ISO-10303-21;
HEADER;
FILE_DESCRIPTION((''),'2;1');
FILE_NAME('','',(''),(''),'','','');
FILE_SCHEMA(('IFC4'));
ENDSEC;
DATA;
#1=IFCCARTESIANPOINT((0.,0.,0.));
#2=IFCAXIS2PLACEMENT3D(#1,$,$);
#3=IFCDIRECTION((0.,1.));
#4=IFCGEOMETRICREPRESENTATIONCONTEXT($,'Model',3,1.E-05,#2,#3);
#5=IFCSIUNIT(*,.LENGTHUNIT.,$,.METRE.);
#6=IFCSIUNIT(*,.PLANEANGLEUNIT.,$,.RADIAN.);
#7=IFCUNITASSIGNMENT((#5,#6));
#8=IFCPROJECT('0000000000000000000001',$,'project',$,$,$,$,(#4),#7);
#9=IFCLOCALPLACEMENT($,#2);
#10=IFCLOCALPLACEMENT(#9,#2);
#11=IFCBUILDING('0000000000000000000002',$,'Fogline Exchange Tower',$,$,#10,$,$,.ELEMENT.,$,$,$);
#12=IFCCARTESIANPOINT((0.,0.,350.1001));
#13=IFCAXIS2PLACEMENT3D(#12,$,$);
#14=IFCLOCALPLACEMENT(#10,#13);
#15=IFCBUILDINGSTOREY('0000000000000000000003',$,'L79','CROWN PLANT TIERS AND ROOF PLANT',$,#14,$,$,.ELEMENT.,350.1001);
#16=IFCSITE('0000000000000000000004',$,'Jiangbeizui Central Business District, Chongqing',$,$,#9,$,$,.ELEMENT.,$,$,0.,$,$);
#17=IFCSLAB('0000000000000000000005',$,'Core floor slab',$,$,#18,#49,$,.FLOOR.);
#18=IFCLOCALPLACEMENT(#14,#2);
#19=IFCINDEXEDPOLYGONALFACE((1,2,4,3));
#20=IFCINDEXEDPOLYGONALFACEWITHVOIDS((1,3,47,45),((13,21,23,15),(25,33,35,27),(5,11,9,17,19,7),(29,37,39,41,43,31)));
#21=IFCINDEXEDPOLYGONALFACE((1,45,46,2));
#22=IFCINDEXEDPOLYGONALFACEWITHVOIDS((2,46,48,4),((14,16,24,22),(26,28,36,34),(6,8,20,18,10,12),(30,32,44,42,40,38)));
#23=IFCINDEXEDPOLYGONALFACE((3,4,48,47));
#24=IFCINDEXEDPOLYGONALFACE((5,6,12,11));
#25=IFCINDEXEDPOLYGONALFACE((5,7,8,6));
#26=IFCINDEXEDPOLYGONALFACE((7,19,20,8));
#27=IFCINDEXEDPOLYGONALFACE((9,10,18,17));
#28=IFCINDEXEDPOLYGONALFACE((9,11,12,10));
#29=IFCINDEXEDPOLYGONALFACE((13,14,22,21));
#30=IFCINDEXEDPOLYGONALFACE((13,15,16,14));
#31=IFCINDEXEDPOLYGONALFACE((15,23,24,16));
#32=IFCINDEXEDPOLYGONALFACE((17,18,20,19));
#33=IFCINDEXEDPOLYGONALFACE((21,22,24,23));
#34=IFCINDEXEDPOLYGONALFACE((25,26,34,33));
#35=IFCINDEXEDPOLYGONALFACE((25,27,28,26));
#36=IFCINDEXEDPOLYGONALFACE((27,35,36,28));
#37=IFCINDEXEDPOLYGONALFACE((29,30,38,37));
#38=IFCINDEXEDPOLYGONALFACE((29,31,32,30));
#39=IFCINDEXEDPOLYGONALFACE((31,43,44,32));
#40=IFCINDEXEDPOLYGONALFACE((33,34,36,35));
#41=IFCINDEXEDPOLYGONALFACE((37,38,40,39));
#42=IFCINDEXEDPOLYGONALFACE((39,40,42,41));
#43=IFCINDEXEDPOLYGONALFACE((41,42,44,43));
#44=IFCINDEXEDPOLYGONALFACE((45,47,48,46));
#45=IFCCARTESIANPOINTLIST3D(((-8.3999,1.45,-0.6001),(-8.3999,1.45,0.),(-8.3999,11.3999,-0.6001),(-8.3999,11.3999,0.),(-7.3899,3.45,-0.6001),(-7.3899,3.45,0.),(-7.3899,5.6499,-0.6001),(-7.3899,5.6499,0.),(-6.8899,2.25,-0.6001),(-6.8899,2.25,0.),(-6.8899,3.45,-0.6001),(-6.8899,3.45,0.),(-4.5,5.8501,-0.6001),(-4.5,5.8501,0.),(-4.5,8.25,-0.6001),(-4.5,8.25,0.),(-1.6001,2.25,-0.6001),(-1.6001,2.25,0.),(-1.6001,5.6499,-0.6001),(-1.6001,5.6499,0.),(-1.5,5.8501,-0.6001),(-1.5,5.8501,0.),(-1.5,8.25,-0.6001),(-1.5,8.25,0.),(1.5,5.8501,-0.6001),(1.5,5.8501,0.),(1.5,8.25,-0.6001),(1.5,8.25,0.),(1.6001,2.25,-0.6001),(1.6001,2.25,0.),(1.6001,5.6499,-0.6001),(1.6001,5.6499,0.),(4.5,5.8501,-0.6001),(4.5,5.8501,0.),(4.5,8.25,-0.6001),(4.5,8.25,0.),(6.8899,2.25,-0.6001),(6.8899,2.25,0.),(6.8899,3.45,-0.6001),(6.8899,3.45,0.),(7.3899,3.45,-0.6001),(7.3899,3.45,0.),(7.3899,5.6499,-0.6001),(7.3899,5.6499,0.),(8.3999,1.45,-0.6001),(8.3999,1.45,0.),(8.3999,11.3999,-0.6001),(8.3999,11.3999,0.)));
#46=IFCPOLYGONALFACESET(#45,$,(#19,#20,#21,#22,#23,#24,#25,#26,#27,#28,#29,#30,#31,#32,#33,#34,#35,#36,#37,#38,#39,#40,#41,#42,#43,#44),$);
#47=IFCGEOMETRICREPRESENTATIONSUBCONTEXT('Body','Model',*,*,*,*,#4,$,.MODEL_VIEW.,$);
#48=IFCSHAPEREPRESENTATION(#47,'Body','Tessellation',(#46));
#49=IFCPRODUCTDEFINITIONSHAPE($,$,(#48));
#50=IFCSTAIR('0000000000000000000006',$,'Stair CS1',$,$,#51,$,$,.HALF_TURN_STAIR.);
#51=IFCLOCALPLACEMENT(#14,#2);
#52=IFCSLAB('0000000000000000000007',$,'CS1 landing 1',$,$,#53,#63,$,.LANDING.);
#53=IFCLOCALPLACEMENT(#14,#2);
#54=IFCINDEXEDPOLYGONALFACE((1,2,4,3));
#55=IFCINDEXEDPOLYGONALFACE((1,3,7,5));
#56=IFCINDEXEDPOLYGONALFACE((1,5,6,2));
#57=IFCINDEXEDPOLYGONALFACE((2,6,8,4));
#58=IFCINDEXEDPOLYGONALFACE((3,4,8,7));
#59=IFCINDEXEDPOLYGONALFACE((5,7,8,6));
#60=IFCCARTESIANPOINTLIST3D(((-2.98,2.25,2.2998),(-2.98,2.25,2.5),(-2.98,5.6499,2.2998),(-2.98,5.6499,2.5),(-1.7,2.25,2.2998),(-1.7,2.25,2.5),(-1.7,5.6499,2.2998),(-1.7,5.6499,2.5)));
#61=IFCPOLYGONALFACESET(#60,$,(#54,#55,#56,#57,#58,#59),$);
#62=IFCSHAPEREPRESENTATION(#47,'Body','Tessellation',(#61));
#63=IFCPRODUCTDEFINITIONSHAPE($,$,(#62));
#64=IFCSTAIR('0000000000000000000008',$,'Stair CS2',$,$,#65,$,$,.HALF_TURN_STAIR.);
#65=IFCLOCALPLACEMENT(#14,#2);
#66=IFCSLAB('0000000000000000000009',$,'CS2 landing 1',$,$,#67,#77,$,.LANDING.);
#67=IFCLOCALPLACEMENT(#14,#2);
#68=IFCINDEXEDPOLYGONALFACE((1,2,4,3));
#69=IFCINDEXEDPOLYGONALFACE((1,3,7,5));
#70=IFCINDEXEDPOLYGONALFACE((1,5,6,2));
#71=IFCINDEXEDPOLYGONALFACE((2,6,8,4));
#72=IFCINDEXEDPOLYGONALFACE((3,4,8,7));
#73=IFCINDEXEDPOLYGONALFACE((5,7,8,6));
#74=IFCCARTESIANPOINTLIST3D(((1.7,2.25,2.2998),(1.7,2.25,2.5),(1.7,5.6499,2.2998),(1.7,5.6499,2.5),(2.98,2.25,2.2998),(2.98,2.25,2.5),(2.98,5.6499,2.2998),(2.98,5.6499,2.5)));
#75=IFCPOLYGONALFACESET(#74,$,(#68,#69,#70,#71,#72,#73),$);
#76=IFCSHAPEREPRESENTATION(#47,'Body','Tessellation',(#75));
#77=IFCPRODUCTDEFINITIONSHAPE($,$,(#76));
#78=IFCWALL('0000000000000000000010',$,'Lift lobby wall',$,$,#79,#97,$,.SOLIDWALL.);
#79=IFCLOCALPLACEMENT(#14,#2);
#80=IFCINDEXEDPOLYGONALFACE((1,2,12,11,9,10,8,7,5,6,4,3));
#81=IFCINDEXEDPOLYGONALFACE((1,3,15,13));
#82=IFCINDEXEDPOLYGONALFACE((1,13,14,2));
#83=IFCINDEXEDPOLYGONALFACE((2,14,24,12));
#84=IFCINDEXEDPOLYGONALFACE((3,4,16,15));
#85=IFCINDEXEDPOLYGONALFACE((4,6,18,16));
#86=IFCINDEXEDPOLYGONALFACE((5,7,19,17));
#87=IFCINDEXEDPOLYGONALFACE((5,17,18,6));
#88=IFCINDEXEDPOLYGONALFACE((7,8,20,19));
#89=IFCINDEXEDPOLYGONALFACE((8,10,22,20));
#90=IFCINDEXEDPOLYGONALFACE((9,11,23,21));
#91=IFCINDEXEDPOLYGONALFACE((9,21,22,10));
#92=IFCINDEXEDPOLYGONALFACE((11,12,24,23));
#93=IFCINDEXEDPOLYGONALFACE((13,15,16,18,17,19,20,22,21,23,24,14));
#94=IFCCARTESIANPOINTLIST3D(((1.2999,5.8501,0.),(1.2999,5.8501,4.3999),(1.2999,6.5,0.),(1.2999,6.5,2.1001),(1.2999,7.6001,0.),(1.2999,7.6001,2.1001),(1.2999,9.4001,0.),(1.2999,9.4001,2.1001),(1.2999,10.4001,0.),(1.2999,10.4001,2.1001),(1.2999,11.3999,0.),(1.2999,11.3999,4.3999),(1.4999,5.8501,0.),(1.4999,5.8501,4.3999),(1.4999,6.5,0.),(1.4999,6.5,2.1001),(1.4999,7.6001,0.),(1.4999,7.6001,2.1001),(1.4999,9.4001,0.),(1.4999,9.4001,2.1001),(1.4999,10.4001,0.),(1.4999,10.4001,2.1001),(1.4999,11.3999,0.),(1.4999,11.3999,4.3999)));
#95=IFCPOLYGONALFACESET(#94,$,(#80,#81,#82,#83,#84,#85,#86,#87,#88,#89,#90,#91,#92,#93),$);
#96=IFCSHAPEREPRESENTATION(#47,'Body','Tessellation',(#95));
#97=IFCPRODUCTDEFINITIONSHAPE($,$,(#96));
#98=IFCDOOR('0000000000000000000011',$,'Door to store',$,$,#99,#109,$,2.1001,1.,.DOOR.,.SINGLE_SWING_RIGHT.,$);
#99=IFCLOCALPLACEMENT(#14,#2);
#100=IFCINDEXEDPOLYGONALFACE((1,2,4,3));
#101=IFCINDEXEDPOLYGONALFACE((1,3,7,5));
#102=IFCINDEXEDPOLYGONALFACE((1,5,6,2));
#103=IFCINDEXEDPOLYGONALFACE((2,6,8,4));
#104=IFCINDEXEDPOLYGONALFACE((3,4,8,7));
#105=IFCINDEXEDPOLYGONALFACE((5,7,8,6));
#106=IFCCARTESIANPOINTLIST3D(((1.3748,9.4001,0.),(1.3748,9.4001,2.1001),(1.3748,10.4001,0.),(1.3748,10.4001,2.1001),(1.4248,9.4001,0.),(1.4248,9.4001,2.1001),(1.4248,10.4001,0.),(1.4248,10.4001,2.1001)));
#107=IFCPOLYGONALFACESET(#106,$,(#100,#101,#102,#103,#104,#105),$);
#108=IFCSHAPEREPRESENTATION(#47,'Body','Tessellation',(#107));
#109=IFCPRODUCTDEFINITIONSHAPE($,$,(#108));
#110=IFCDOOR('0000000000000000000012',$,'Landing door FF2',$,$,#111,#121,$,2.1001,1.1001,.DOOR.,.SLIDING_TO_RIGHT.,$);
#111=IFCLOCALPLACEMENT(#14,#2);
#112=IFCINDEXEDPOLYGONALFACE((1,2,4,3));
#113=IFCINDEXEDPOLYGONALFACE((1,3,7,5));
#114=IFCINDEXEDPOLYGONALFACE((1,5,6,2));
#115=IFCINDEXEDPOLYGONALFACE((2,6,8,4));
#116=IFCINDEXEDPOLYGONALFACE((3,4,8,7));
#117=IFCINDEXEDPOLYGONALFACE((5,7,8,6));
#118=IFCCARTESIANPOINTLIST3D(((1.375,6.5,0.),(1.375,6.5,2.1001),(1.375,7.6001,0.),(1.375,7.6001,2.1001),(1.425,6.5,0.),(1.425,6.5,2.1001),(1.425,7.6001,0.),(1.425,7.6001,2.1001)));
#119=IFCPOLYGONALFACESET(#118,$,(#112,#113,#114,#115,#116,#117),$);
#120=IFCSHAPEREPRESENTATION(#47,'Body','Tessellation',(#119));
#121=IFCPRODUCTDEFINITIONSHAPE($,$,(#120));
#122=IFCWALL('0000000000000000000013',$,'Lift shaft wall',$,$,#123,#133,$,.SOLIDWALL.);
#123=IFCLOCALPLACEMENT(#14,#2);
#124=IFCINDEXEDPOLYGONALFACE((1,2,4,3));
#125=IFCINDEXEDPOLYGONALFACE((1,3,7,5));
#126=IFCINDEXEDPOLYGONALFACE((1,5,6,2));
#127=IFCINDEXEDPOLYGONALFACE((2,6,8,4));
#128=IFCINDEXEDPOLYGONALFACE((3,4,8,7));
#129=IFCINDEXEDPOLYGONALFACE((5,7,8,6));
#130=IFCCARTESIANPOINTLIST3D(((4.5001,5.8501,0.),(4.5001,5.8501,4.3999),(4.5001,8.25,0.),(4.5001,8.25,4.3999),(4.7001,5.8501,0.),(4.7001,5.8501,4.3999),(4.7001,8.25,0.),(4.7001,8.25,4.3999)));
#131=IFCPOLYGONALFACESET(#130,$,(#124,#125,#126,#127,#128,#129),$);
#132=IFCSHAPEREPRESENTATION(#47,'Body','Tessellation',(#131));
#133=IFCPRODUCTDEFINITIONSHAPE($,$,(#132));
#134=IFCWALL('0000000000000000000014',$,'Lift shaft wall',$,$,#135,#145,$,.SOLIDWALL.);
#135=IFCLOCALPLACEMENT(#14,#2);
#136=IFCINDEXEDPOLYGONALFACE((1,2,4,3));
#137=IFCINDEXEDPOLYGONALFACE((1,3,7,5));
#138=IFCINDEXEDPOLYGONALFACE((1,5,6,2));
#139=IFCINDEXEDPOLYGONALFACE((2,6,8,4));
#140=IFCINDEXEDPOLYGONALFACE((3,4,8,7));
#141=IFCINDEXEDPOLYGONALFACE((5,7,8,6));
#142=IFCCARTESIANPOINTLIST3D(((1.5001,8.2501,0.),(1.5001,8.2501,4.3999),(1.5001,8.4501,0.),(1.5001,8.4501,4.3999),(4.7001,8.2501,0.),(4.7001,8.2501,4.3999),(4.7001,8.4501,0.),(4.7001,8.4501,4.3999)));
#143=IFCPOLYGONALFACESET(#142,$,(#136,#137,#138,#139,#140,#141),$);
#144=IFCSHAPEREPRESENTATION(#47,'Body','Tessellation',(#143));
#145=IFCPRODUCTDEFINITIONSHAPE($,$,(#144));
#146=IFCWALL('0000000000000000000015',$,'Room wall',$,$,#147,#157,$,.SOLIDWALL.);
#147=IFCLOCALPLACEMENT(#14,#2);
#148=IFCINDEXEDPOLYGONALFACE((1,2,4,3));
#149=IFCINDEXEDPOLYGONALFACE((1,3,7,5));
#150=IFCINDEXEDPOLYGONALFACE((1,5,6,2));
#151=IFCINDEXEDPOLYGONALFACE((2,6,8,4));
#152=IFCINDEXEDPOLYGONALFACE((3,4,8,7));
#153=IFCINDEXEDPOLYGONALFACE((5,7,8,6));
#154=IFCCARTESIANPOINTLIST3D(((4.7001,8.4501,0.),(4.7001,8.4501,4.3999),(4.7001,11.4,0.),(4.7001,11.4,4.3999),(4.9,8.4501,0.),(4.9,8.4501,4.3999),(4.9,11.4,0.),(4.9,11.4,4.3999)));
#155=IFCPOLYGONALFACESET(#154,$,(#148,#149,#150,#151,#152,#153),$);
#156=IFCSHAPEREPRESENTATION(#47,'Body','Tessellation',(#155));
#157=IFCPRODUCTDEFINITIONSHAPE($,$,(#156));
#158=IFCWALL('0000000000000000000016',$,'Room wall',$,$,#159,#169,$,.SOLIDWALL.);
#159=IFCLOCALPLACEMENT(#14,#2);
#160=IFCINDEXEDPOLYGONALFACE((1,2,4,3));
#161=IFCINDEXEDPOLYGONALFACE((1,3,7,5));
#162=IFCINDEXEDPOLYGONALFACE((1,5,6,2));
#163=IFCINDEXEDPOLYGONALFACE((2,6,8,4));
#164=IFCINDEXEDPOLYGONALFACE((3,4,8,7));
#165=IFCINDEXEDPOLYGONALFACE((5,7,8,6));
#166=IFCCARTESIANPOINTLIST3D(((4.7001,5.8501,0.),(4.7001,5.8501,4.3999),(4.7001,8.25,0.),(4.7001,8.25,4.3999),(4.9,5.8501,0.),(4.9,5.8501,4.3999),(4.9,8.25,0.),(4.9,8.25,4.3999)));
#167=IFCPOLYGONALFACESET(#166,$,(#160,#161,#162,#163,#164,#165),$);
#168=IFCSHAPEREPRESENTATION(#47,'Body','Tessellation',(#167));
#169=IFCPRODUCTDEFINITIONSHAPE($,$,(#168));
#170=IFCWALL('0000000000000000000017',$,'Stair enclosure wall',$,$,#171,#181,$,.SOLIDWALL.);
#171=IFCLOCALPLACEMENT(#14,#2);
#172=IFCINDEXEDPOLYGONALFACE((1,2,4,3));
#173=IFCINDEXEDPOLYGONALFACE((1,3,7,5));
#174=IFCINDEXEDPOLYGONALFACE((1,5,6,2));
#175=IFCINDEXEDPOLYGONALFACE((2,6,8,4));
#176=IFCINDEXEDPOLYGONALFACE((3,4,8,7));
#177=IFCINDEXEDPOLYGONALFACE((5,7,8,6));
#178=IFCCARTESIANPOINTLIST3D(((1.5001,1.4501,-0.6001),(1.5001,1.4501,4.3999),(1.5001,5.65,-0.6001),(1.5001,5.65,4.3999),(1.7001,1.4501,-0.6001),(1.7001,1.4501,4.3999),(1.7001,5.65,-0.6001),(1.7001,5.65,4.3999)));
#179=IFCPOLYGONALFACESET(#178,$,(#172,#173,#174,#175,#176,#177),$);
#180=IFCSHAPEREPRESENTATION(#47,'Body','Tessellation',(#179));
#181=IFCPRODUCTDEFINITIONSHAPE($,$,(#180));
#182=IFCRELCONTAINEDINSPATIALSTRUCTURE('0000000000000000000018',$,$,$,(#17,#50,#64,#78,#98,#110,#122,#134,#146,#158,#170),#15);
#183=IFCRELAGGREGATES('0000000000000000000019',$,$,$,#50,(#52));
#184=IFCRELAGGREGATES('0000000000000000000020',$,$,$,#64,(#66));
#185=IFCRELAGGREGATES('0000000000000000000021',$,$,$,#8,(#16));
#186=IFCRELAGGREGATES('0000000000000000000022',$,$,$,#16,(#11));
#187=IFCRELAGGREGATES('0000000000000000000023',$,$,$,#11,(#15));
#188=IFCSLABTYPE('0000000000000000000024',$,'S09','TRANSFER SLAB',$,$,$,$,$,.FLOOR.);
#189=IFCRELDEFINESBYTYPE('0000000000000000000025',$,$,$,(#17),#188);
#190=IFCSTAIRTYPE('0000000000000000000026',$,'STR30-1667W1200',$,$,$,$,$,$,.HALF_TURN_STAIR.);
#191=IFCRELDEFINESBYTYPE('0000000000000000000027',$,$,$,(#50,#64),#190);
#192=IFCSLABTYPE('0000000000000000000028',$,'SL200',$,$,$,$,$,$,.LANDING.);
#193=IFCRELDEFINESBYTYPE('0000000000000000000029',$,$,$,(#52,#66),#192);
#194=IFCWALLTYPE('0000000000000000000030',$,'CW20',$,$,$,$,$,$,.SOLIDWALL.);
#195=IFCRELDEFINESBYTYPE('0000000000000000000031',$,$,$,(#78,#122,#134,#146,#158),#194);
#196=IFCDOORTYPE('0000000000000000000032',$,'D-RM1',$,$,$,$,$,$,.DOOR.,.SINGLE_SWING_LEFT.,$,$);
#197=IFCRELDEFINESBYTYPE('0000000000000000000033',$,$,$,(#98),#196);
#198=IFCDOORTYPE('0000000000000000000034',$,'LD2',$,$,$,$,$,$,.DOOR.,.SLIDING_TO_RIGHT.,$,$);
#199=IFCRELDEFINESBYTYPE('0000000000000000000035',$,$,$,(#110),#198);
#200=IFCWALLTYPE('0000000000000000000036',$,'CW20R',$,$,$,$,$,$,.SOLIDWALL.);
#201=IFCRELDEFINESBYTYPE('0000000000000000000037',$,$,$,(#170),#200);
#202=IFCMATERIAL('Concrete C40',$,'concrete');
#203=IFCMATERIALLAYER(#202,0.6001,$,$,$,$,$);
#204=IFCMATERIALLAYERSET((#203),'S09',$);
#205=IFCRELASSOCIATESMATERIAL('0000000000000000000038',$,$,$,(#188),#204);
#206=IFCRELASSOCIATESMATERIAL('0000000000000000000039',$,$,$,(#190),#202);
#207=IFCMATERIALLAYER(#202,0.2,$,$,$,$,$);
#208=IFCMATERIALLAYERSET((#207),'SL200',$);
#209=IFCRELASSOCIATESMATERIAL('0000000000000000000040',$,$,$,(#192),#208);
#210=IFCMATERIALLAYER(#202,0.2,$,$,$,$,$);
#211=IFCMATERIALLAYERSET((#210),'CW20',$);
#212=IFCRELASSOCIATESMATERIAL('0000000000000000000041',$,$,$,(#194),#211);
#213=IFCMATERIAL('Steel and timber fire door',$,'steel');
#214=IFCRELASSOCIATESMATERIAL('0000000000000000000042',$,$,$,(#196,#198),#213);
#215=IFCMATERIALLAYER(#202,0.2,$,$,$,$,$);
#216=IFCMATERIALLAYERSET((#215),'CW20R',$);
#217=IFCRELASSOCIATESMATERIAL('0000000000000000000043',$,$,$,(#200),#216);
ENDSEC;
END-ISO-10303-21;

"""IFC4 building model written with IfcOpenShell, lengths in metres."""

from ifc_helpers import new_model, si_unit, direction, frame, frame_2d, origin, place, context, subcontext, project, spatial, polyline, rectangle, outline, extrude, material, layer, layer_set, type_object, element, fill, aggregate, save


model = new_model("IFC4")

# Units and contexts
model_context = context("Model", 3, precision=1e-05, world=origin(), true_north=direction((0.0, 1.0)))
body_context = subcontext(model_context, "Body", "Model", "MODEL_VIEW")
ifc_project = project(units=[si_unit("LENGTHUNIT", "METRE"), si_unit("PLANEANGLEUNIT", "RADIAN")], contexts=[model_context])

# Site, building, storey
site_placement = place(None, origin())
site = spatial("IfcSite", under=ifc_project, at=site_placement, Name="Jiangbeizui Central Business District, Chongqing", CompositionType="ELEMENT", RefElevation=0.0)
building_placement = place(site_placement, origin())
building = spatial("IfcBuilding", under=site, at=building_placement, Name="Fogline Exchange Tower", CompositionType="ELEMENT")
storey_placement = place(building_placement, frame((0.0, 0.0, 350.1001)))
storey = spatial("IfcBuildingStorey", under=building, at=storey_placement, Name="L79", Description="CROWN PLANT TIERS AND ROOF PLANT", CompositionType="ELEMENT", Elevation=350.1001)

# Slab
ifc_material_1 = material(Name="Concrete C40", Category="concrete")
ifc_layer_1 = layer(ifc_material_1, 0.6001)
ifc_layer_set_1 = layer_set([ifc_layer_1], Name="S09")
slab_type_1 = type_object("IfcSlabType", Name="S09", Description="TRANSFER SLAB", PredefinedType="FLOOR", material=ifc_layer_set_1)
slab_1_placement = place(storey_placement, frame((0.0, 0.0, -0.6001)))
element("IfcSlab", 1, at=slab_1_placement, inside=storey, type_object=slab_type_1, Name="Core floor slab", PredefinedType="FLOOR", context=body_context, shape_type="SweptSolid", body=[
    extrude(outline(polyline([(-8.3999, 11.3999), (8.3999, 11.3999), (8.3999, 1.45), (-8.3999, 1.45), (-8.3999, 11.3999)]), holes=[polyline([(-7.3899, 5.6499), (-7.3899, 3.45), (-6.8899, 3.45), (-6.8899, 2.25), (-1.6001, 2.25), (-1.6001, 5.6499), (-7.3899, 5.6499)]), polyline([(1.6001, 5.6499), (1.6001, 2.25), (6.8899, 2.25), (6.8899, 3.45), (7.3899, 3.45), (7.3899, 5.6499), (1.6001, 5.6499)]), polyline([(-4.5, 8.25), (-4.5, 5.8501), (-1.5, 5.8501), (-1.5, 8.25), (-4.5, 8.25)]), polyline([(1.5, 8.25), (1.5, 5.8501), (4.5, 5.8501), (4.5, 8.25), (1.5, 8.25)])]), origin(), (0.0, 0.0, 1.0), 0.6001),
])

# Stairs, slabs
stair_type = type_object("IfcStairType", Name="STR30-1667W1200", PredefinedType="HALF_TURN_STAIR", material=ifc_material_1)
stair_1_placement = place(storey_placement, origin())
stair_1 = element("IfcStair", 2, at=stair_1_placement, inside=storey, type_object=stair_type, Name="Stair CS1", PredefinedType="HALF_TURN_STAIR")
ifc_layer_2 = layer(ifc_material_1, 0.2)
ifc_layer_set_2 = layer_set([ifc_layer_2], Name="SL200")
slab_type_2 = type_object("IfcSlabType", Name="SL200", PredefinedType="LANDING", material=ifc_layer_set_2)
slab_2_placement = place(storey_placement, frame((0.0, 0.0, 2.2998)))
slab_2 = element("IfcSlab", 3, at=slab_2_placement, type_object=slab_type_2, Name="CS1 landing 1", PredefinedType="LANDING", context=body_context, shape_type="SweptSolid", body=[
    extrude(outline(polyline([(-2.98, 2.25), (-1.7, 2.25), (-1.7, 5.6499), (-2.98, 5.6499), (-2.98, 2.25)])), origin(), (0.0, 0.0, 1.0), 0.2002),
])
aggregate(stair_1, [slab_2])
stair_2_placement = place(storey_placement, origin())
stair_2 = element("IfcStair", 4, at=stair_2_placement, inside=storey, type_object=stair_type, Name="Stair CS2", PredefinedType="HALF_TURN_STAIR")
slab_3_placement = place(storey_placement, frame((0.0, 0.0, 2.2998)))
slab_3 = element("IfcSlab", 5, at=slab_3_placement, type_object=slab_type_2, Name="CS2 landing 1", PredefinedType="LANDING", context=body_context, shape_type="SweptSolid", body=[
    extrude(outline(polyline([(1.7, 2.25), (2.98, 2.25), (2.98, 5.6499), (1.7, 5.6499), (1.7, 2.25)])), origin(), (0.0, 0.0, 1.0), 0.2002),
])

# Wall, openings, doors
ifc_layer_3 = layer(ifc_material_1, 0.2)
ifc_layer_set_3 = layer_set([ifc_layer_3], Name="CW20")
wall_type_1 = type_object("IfcWallType", Name="CW20", PredefinedType="SOLIDWALL", material=ifc_layer_set_3)
wall_1_placement = place(storey_placement, frame((1.3999, 5.8501, 0.0), z_axis=(0.0, 0.0, 1.0), x_axis=(0.0, 1.0, 0.0)))
wall_1 = element("IfcWall", 6, at=wall_1_placement, inside=storey, type_object=wall_type_1, Name="Lift lobby wall", PredefinedType="SOLIDWALL", context=body_context, shape_type="SweptSolid", body=[
    extrude(rectangle(XDim=5.5498, YDim=0.2, at=frame_2d((2.7749, 0.0))), origin(), (0.0, 0.0, 1.0), 4.3999),
])
opening_1_placement = place(wall_1_placement, frame((0.6499, 0.0, 0.0)))
opening_1 = element("IfcOpeningElement", 7, at=opening_1_placement, cuts=wall_1, PredefinedType="OPENING", context=body_context, shape_type="SweptSolid", body=[
    extrude(rectangle(XDim=1.1001, YDim=2.1001, at=frame_2d((0.55, 1.05))), frame((0.0, 0.1099, 0.0), z_axis=(0.0, -1.0, 0.0), x_axis=(1.0, 0.0, 0.0)), (0.0, 0.0, 1.0), 0.22),
])
opening_2_placement = place(wall_1_placement, frame((3.55, 0.0, 0.0)))
opening_2 = element("IfcOpeningElement", 8, at=opening_2_placement, cuts=wall_1, PredefinedType="OPENING", context=body_context, shape_type="SweptSolid", body=[
    extrude(rectangle(XDim=1.0, YDim=2.1001, at=frame_2d((0.5, 1.05))), frame((0.0, 0.1099, 0.0), z_axis=(0.0, -1.0, 0.0), x_axis=(1.0, 0.0, 0.0)), (0.0, 0.0, 1.0), 0.22),
])
ifc_material_2 = material(Name="Steel and timber fire door", Category="steel")
door_type_1 = type_object("IfcDoorType", Name="D-RM1", OperationType="SINGLE_SWING_LEFT", PredefinedType="DOOR", material=ifc_material_2)
door_1_placement = place(opening_2_placement, frame((1.0, 0.0, 0.0), z_axis=(0.0, 0.0, 1.0), x_axis=(-1.0, 0.0, 0.0)))
door_1 = element("IfcDoor", 9, at=door_1_placement, inside=storey, type_object=door_type_1, Name="Door to store", OperationType="SINGLE_SWING_RIGHT", OverallHeight=2.1001, OverallWidth=1.0, PredefinedType="DOOR", context=body_context, shape_type="SweptSolid", body=[
    extrude(rectangle(XDim=1.0, YDim=2.1001, at=frame_2d((0.5, 1.05))), frame((0.0, 0.0249, 0.0), z_axis=(0.0, -1.0, 0.0), x_axis=(1.0, 0.0, 0.0)), (0.0, 0.0, 1.0), 0.05),
])
fill(opening_2, door_1)
door_type_2 = type_object("IfcDoorType", Name="LD2", OperationType="SLIDING_TO_RIGHT", PredefinedType="DOOR", material=ifc_material_2)
door_2_placement = place(opening_1_placement, origin())
door_2 = element("IfcDoor", 10, at=door_2_placement, inside=storey, type_object=door_type_2, Name="Landing door FF2", OperationType="SLIDING_TO_RIGHT", OverallHeight=2.1001, OverallWidth=1.1001, PredefinedType="DOOR", context=body_context, shape_type="SweptSolid", body=[
    extrude(rectangle(XDim=1.1001, YDim=2.1001, at=frame_2d((0.55, 1.05))), frame((0.0, 0.0249, 0.0), z_axis=(0.0, -1.0, 0.0), x_axis=(1.0, 0.0, 0.0)), (0.0, 0.0, 1.0), 0.05),
])
fill(opening_1, door_2)

# Walls
wall_2_placement = place(storey_placement, frame((4.6001, 5.8501, 0.0), z_axis=(0.0, 0.0, 1.0), x_axis=(0.0, 1.0, 0.0)))
element("IfcWall", 11, at=wall_2_placement, inside=storey, type_object=wall_type_1, Name="Lift shaft wall", PredefinedType="SOLIDWALL", context=body_context, shape_type="SweptSolid", body=[
    extrude(rectangle(XDim=2.3999, YDim=0.2, at=frame_2d((1.2, 0.0))), origin(), (0.0, 0.0, 1.0), 4.3999),
])
wall_3_placement = place(storey_placement, frame((1.5, 8.3501, 0.0), z_axis=(0.0, 0.0, 1.0), x_axis=(1.0, 0.0, 0.0)))
element("IfcWall", 12, at=wall_3_placement, inside=storey, type_object=wall_type_1, Name="Lift shaft wall", PredefinedType="SOLIDWALL", context=body_context, shape_type="SweptSolid", body=[
    extrude(rectangle(XDim=3.2, YDim=0.2, at=frame_2d((1.6001, 0.0))), origin(), (0.0, 0.0, 1.0), 4.3999),
])
wall_4_placement = place(storey_placement, frame((4.8, 8.45, 0.0), z_axis=(0.0, 0.0, 1.0), x_axis=(0.0, 1.0, 0.0)))
element("IfcWall", 13, at=wall_4_placement, inside=storey, type_object=wall_type_1, Name="Room wall", PredefinedType="SOLIDWALL", context=body_context, shape_type="SweptSolid", body=[
    extrude(rectangle(XDim=2.95, YDim=0.2, at=frame_2d((1.4751, 0.0))), origin(), (0.0, 0.0, 1.0), 4.3999),
])
wall_5_placement = place(storey_placement, frame((4.8, 5.8501, 0.0), z_axis=(0.0, 0.0, 1.0), x_axis=(0.0, 1.0, 0.0)))
element("IfcWall", 14, at=wall_5_placement, inside=storey, type_object=wall_type_1, Name="Room wall", PredefinedType="SOLIDWALL", context=body_context, shape_type="SweptSolid", body=[
    extrude(rectangle(XDim=2.3999, YDim=0.2, at=frame_2d((1.2, 0.0))), origin(), (0.0, 0.0, 1.0), 4.3999),
])
ifc_layer_4 = layer(ifc_material_1, 0.2)
ifc_layer_set_4 = layer_set([ifc_layer_4], Name="CW20R")
wall_type_2 = type_object("IfcWallType", Name="CW20R", PredefinedType="SOLIDWALL", material=ifc_layer_set_4)
wall_6_placement = place(storey_placement, frame((1.6001, 1.45, -0.6001), z_axis=(0.0, 0.0, 1.0), x_axis=(0.0, 1.0, 0.0)))
element("IfcWall", 15, at=wall_6_placement, inside=storey, type_object=wall_type_2, Name="Stair enclosure wall", PredefinedType="SOLIDWALL", context=body_context, shape_type="SweptSolid", body=[
    extrude(rectangle(XDim=4.2, YDim=0.2, at=frame_2d((2.1001, 0.0))), origin(), (0.0, 0.0, 1.0), 5.0),
])

aggregate(stair_2, [slab_3])

save(model, "model.ifc")
